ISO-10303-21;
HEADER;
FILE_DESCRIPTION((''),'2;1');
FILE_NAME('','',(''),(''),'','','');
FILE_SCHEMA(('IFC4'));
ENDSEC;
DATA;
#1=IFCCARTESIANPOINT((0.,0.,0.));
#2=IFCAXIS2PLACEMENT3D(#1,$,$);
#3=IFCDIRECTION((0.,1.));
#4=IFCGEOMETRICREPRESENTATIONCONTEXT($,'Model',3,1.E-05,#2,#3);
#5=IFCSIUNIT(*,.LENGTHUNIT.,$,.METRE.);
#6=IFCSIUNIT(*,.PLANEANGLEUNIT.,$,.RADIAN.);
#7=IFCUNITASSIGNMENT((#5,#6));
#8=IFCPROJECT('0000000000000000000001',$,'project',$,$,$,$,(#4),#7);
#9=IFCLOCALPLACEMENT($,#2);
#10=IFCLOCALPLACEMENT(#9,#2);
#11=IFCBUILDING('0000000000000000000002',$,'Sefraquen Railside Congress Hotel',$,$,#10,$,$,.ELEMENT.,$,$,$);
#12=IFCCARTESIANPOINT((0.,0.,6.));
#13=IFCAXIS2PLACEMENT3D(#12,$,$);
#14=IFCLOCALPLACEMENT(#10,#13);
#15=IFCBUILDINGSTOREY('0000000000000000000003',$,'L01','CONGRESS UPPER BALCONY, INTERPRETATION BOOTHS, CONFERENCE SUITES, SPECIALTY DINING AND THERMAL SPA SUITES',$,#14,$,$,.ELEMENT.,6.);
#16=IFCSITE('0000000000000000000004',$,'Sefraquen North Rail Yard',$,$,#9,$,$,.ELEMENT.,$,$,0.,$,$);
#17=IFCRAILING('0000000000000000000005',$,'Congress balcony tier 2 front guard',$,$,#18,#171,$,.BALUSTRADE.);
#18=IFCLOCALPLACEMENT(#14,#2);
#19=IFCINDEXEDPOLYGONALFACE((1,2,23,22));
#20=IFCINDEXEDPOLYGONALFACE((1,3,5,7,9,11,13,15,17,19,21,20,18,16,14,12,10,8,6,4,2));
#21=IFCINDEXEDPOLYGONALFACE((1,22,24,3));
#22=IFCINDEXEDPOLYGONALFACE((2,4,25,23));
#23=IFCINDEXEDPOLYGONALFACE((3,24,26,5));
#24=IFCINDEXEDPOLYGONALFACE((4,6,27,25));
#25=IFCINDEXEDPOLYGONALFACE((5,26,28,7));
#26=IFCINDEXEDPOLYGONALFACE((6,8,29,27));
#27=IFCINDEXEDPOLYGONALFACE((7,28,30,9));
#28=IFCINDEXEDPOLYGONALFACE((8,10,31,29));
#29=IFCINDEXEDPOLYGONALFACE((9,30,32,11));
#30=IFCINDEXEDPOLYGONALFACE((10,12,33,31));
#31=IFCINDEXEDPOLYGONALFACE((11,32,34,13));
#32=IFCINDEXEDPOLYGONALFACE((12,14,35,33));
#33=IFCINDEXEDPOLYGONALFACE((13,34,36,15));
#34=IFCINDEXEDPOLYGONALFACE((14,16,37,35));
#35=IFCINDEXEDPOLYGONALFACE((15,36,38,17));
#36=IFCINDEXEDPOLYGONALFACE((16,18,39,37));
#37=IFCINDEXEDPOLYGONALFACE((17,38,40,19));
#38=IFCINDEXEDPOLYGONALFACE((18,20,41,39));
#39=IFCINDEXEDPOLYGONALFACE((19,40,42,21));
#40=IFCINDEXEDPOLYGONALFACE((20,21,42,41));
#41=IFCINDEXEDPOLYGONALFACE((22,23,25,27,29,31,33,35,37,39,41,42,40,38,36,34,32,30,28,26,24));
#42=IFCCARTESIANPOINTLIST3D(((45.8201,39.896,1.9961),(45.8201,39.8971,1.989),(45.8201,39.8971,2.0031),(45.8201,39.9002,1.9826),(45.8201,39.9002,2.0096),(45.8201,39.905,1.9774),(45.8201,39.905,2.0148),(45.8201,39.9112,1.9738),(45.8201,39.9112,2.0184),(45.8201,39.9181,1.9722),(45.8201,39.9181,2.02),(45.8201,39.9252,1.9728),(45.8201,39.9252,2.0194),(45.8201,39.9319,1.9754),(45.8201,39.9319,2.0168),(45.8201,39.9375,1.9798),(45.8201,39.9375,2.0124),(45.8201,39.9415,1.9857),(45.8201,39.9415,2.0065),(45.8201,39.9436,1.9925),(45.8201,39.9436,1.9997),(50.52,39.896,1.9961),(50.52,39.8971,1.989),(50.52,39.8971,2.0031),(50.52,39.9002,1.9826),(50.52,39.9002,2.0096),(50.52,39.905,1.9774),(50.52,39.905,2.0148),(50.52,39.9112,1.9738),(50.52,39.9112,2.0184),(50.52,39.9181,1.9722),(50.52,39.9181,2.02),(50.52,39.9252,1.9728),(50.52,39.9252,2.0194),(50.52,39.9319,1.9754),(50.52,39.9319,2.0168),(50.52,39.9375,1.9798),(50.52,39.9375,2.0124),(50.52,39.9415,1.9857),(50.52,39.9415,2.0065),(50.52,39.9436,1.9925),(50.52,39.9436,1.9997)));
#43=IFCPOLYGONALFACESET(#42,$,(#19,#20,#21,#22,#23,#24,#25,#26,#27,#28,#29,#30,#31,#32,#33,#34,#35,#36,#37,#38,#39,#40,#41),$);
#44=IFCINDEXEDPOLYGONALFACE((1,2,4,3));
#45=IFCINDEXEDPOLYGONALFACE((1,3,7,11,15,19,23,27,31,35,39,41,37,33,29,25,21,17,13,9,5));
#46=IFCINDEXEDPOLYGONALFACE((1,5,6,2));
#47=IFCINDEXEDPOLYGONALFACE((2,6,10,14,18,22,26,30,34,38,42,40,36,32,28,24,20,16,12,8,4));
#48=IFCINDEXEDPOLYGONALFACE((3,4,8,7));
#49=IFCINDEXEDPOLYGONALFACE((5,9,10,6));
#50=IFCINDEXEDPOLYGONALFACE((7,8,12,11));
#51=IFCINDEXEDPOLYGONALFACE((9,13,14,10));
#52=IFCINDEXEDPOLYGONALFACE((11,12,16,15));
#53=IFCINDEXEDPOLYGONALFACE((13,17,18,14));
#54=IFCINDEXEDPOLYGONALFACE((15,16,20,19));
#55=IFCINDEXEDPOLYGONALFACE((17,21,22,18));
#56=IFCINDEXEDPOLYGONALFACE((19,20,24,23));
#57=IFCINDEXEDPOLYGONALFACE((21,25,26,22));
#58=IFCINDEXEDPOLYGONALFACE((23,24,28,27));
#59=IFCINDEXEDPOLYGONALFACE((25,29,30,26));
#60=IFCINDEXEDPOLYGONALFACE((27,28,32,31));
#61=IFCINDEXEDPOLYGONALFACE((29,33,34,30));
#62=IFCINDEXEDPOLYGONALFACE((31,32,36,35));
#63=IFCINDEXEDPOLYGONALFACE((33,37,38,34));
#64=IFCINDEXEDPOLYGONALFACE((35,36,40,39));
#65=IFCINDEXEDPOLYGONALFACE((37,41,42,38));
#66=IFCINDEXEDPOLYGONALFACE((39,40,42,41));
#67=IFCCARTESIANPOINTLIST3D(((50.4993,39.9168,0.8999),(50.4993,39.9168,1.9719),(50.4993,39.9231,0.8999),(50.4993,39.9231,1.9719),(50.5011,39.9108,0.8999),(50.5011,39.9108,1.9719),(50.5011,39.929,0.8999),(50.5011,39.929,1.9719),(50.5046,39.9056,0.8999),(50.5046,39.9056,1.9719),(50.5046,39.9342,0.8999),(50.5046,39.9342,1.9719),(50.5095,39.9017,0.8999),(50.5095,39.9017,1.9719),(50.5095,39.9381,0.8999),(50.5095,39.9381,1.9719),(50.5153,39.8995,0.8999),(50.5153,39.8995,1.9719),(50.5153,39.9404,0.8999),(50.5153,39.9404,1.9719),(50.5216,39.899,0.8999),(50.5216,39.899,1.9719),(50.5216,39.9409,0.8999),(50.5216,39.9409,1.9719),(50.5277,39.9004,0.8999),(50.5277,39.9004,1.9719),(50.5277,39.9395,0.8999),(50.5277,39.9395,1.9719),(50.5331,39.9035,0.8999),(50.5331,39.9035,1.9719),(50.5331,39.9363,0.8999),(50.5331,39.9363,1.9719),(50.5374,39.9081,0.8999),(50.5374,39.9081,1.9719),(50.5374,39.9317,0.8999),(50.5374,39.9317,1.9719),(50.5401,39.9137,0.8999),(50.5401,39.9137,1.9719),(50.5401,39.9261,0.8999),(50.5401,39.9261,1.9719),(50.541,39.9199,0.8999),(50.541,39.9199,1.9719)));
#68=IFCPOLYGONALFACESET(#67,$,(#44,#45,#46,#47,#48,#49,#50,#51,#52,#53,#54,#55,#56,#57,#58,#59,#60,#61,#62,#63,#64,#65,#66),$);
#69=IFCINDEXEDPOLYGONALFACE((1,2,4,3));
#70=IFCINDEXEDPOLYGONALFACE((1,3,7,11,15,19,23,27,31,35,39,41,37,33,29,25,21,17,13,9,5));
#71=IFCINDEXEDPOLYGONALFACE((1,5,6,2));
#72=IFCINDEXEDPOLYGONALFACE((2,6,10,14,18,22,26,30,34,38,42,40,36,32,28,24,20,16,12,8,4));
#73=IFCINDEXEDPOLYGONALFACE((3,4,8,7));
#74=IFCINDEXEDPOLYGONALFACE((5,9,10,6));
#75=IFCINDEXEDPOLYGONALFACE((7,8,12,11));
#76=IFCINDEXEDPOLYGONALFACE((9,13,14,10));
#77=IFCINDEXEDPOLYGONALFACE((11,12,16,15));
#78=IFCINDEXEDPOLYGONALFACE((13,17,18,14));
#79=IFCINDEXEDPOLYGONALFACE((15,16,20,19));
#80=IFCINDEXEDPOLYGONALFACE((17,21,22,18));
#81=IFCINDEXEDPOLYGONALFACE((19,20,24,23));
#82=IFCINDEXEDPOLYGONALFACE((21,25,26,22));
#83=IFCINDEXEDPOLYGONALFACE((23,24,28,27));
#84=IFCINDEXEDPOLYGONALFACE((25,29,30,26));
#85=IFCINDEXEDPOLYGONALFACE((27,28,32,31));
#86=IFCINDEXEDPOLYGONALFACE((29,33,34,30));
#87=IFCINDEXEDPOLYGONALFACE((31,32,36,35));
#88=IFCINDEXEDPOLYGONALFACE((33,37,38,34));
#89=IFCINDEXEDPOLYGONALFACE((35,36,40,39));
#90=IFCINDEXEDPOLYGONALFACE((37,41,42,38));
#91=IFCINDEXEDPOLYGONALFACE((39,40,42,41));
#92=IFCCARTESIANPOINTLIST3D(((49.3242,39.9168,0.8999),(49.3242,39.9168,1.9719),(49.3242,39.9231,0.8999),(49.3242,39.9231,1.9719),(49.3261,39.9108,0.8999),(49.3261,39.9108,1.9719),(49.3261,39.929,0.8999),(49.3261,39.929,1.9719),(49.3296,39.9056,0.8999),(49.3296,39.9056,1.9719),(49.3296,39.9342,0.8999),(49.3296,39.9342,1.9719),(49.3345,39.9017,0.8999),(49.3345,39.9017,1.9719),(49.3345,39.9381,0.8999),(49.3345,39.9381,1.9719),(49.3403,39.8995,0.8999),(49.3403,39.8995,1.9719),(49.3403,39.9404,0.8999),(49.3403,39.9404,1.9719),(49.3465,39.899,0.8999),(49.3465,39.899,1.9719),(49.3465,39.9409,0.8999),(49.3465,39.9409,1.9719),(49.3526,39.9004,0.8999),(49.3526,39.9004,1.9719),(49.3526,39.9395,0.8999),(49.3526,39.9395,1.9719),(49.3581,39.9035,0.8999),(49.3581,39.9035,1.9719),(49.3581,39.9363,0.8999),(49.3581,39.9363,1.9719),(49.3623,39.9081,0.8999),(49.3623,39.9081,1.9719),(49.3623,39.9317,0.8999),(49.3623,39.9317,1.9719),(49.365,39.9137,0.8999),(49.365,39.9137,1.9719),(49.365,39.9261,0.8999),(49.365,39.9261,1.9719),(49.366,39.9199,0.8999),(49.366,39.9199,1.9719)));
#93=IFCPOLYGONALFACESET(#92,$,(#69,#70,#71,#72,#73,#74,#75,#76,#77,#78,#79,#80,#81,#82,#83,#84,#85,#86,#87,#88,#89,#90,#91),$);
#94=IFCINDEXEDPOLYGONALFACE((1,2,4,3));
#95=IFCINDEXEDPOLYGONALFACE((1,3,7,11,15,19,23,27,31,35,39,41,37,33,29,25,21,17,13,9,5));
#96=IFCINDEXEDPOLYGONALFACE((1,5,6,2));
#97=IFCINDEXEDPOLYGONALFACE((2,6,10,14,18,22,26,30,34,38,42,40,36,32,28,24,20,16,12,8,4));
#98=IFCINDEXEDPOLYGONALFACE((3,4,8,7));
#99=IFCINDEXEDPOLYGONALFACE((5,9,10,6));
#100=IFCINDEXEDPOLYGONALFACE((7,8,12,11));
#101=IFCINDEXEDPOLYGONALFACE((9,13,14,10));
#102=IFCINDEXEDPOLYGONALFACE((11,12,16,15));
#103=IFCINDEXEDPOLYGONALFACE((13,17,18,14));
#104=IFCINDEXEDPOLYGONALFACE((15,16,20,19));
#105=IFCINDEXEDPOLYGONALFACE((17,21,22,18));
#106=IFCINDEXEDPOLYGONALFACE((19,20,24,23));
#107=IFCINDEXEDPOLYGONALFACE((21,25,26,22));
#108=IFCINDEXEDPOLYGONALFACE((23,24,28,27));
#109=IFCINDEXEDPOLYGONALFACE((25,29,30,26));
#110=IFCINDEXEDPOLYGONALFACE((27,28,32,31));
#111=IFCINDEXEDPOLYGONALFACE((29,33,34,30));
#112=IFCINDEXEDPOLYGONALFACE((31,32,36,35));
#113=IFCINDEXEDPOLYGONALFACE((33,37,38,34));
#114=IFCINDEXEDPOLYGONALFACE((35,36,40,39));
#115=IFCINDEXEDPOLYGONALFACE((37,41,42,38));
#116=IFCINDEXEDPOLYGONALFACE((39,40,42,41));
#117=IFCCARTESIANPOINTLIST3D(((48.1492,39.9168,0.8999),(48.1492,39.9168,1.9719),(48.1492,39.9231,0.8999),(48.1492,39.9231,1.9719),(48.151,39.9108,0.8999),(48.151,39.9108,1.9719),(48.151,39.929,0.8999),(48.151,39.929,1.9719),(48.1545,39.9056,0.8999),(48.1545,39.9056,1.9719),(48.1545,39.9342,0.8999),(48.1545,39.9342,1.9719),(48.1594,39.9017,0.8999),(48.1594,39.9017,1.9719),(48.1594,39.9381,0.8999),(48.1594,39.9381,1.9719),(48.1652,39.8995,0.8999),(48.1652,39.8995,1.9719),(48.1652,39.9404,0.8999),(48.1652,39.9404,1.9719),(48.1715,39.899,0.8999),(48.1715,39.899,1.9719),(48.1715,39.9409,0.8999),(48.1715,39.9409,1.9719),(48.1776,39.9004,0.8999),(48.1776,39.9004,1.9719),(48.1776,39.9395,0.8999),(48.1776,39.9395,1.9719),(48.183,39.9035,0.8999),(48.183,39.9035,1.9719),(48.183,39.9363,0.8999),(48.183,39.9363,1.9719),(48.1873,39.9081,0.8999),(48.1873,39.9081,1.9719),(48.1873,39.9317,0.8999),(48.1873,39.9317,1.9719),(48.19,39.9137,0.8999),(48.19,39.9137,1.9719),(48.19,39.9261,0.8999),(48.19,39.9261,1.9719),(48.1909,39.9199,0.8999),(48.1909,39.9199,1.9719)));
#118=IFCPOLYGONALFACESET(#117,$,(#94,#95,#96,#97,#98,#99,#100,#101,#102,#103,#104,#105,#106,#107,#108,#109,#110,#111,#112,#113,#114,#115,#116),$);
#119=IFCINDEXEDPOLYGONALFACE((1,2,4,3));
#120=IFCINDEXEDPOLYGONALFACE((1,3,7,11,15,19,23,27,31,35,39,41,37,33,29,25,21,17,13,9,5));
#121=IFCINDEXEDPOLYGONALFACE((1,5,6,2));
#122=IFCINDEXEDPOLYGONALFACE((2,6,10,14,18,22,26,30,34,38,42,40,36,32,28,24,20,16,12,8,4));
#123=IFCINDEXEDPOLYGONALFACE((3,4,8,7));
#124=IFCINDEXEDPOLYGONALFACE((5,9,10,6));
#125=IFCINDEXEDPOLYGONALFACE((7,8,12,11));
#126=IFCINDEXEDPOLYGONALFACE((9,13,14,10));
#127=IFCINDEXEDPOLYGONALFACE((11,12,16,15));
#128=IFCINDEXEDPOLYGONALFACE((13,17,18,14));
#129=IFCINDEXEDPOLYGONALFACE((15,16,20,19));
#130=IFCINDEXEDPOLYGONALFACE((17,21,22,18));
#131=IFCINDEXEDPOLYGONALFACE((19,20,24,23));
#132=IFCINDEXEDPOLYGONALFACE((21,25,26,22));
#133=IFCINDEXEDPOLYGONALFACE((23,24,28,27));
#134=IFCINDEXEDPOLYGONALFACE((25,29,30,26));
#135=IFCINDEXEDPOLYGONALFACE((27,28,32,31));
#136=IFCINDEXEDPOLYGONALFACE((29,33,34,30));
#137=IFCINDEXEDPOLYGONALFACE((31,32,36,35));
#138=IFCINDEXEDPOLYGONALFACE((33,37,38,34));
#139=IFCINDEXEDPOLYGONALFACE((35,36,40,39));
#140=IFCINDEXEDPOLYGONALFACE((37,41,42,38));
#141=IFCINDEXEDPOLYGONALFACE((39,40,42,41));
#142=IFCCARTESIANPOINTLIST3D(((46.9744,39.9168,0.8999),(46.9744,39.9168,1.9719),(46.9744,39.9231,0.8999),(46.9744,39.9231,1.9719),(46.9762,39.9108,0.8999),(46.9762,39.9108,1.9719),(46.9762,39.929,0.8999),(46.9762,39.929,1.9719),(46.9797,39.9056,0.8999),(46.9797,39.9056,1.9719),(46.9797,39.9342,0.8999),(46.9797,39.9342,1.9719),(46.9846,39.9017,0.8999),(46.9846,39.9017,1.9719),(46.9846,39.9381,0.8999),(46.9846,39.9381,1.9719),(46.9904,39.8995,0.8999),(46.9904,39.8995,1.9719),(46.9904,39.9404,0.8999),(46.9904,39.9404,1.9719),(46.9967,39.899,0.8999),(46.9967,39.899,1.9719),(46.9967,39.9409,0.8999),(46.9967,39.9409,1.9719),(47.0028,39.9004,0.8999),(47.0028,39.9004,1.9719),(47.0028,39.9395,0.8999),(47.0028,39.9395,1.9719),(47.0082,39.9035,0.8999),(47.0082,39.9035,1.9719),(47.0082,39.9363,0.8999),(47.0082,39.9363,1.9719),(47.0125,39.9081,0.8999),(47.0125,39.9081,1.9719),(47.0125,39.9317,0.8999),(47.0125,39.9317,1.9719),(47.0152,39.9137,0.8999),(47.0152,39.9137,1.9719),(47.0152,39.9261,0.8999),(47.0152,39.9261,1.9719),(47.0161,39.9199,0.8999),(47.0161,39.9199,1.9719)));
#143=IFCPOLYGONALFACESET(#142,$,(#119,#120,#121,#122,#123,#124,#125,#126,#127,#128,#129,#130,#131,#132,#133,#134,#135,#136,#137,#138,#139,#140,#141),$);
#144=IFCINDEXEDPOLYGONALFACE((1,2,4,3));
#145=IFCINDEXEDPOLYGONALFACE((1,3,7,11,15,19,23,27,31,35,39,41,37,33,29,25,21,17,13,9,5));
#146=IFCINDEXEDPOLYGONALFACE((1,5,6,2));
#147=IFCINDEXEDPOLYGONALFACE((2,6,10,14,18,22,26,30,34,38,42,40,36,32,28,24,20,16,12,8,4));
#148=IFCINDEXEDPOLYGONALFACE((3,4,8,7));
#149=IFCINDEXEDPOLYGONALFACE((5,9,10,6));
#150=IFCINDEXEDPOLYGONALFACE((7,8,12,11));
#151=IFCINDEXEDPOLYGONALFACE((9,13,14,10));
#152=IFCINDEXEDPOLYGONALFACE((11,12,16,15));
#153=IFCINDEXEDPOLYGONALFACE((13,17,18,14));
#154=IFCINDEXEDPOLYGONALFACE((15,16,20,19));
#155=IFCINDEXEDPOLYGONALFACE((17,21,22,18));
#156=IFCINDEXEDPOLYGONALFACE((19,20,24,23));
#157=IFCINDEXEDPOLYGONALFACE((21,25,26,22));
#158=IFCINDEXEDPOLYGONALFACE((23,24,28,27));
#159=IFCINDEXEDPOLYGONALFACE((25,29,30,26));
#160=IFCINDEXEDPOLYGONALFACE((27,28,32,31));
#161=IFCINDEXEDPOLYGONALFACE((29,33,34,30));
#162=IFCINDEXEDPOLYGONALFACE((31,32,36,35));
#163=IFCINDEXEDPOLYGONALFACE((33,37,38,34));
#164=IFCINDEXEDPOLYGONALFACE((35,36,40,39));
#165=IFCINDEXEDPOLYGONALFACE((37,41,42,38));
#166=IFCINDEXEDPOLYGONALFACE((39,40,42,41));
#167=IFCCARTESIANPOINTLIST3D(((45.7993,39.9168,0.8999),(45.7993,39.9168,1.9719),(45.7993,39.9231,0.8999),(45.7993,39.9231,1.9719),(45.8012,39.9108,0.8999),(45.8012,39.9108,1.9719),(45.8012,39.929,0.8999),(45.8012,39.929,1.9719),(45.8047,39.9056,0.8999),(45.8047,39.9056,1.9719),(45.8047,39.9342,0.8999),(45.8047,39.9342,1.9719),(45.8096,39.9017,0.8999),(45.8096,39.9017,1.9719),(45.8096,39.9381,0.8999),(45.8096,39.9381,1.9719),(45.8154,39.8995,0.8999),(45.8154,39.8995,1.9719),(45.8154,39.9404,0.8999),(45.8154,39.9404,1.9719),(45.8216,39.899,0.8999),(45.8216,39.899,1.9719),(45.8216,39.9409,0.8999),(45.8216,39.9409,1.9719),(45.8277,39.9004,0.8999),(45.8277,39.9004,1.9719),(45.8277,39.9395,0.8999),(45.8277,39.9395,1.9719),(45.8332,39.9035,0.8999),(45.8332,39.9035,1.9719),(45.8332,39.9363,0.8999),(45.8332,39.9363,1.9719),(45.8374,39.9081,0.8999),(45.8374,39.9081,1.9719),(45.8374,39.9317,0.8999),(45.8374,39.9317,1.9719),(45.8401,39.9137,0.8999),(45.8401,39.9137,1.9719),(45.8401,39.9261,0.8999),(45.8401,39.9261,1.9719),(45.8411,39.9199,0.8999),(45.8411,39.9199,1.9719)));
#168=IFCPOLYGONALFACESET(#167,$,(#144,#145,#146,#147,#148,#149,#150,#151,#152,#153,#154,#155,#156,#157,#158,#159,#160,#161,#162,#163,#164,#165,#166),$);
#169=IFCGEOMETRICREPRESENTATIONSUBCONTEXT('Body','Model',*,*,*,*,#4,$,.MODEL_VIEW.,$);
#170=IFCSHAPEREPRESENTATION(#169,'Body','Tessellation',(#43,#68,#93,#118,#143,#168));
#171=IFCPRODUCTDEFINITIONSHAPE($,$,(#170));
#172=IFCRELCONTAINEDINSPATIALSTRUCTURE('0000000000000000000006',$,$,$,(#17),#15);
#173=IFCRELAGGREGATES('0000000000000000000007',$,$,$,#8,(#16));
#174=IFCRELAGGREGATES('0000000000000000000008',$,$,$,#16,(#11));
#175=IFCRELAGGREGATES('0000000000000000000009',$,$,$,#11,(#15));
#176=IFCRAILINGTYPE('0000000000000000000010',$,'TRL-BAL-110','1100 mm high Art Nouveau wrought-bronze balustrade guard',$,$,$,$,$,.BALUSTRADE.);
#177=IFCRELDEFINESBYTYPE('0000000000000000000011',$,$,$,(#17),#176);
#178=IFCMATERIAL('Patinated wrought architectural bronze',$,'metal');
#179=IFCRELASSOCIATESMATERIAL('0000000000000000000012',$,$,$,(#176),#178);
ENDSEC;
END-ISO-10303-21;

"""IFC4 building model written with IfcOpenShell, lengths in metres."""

from ifc_helpers import new_model, si_unit, direction, frame, origin, origin_2d, place, context, subcontext, project, spatial, circle, extrude, material, type_object, element, save


model = new_model("IFC4")

# Units and contexts
model_context = context("Model", 3, precision=1e-05, world=origin(), true_north=direction((0.0, 1.0)))
body_context = subcontext(model_context, "Body", "Model", "MODEL_VIEW")
ifc_project = project(units=[si_unit("LENGTHUNIT", "METRE"), si_unit("PLANEANGLEUNIT", "RADIAN")], contexts=[model_context])

# Site, building, storey
site_placement = place(None, origin())
site = spatial("IfcSite", under=ifc_project, at=site_placement, Name="Sefraquen North Rail Yard", CompositionType="ELEMENT", RefElevation=0.0)
building_placement = place(site_placement, origin())
building = spatial("IfcBuilding", under=site, at=building_placement, Name="Sefraquen Railside Congress Hotel", CompositionType="ELEMENT")
storey_placement = place(building_placement, frame((0.0, 0.0, 6.0)))
storey = spatial("IfcBuildingStorey", under=building, at=storey_placement, Name="L01", Description="CONGRESS UPPER BALCONY, INTERPRETATION BOOTHS, CONFERENCE SUITES, SPECIALTY DINING AND THERMAL SPA SUITES", CompositionType="ELEMENT", Elevation=6.0)

# Railing
ifc_material_1 = material(Name="Patinated wrought architectural bronze", Category="metal")
railing_type = type_object("IfcRailingType", Name="TRL-BAL-110", Description="1100 mm high Art Nouveau wrought-bronze balustrade guard", PredefinedType="BALUSTRADE", material=ifc_material_1)
railing_1_placement = place(storey_placement, frame((50.52, 39.9199, 0.8999)))
element("IfcRailing", 1, at=railing_1_placement, inside=storey, type_object=railing_type, Name="Congress balcony tier 2 front guard", PredefinedType="BALUSTRADE", context=body_context, shape_type="SweptSolid", body=[
    extrude(circle(Radius=0.0239, at=origin_2d()), frame((0.0, 0.0, 1.0962), z_axis=(-1.0, 0.0, 0.0), x_axis=(0.0, -1.0, 0.0)), (0.0, 0.0, 1.0), 4.7),
    extrude(circle(Radius=0.021, at=origin_2d()), origin(), (0.0, 0.0, 1.0), 1.072),
    extrude(circle(Radius=0.021, at=origin_2d()), frame((-1.175, 0.0, 0.0)), (0.0, 0.0, 1.0), 1.072),
    extrude(circle(Radius=0.021, at=origin_2d()), frame((-2.3501, 0.0, 0.0)), (0.0, 0.0, 1.0), 1.072),
    extrude(circle(Radius=0.021, at=origin_2d()), frame((-3.5249, 0.0, 0.0)), (0.0, 0.0, 1.0), 1.072),
    extrude(circle(Radius=0.021, at=origin_2d()), frame((-4.7, 0.0, 0.0)), (0.0, 0.0, 1.0), 1.072),
])

save(model, "model.ifc")
